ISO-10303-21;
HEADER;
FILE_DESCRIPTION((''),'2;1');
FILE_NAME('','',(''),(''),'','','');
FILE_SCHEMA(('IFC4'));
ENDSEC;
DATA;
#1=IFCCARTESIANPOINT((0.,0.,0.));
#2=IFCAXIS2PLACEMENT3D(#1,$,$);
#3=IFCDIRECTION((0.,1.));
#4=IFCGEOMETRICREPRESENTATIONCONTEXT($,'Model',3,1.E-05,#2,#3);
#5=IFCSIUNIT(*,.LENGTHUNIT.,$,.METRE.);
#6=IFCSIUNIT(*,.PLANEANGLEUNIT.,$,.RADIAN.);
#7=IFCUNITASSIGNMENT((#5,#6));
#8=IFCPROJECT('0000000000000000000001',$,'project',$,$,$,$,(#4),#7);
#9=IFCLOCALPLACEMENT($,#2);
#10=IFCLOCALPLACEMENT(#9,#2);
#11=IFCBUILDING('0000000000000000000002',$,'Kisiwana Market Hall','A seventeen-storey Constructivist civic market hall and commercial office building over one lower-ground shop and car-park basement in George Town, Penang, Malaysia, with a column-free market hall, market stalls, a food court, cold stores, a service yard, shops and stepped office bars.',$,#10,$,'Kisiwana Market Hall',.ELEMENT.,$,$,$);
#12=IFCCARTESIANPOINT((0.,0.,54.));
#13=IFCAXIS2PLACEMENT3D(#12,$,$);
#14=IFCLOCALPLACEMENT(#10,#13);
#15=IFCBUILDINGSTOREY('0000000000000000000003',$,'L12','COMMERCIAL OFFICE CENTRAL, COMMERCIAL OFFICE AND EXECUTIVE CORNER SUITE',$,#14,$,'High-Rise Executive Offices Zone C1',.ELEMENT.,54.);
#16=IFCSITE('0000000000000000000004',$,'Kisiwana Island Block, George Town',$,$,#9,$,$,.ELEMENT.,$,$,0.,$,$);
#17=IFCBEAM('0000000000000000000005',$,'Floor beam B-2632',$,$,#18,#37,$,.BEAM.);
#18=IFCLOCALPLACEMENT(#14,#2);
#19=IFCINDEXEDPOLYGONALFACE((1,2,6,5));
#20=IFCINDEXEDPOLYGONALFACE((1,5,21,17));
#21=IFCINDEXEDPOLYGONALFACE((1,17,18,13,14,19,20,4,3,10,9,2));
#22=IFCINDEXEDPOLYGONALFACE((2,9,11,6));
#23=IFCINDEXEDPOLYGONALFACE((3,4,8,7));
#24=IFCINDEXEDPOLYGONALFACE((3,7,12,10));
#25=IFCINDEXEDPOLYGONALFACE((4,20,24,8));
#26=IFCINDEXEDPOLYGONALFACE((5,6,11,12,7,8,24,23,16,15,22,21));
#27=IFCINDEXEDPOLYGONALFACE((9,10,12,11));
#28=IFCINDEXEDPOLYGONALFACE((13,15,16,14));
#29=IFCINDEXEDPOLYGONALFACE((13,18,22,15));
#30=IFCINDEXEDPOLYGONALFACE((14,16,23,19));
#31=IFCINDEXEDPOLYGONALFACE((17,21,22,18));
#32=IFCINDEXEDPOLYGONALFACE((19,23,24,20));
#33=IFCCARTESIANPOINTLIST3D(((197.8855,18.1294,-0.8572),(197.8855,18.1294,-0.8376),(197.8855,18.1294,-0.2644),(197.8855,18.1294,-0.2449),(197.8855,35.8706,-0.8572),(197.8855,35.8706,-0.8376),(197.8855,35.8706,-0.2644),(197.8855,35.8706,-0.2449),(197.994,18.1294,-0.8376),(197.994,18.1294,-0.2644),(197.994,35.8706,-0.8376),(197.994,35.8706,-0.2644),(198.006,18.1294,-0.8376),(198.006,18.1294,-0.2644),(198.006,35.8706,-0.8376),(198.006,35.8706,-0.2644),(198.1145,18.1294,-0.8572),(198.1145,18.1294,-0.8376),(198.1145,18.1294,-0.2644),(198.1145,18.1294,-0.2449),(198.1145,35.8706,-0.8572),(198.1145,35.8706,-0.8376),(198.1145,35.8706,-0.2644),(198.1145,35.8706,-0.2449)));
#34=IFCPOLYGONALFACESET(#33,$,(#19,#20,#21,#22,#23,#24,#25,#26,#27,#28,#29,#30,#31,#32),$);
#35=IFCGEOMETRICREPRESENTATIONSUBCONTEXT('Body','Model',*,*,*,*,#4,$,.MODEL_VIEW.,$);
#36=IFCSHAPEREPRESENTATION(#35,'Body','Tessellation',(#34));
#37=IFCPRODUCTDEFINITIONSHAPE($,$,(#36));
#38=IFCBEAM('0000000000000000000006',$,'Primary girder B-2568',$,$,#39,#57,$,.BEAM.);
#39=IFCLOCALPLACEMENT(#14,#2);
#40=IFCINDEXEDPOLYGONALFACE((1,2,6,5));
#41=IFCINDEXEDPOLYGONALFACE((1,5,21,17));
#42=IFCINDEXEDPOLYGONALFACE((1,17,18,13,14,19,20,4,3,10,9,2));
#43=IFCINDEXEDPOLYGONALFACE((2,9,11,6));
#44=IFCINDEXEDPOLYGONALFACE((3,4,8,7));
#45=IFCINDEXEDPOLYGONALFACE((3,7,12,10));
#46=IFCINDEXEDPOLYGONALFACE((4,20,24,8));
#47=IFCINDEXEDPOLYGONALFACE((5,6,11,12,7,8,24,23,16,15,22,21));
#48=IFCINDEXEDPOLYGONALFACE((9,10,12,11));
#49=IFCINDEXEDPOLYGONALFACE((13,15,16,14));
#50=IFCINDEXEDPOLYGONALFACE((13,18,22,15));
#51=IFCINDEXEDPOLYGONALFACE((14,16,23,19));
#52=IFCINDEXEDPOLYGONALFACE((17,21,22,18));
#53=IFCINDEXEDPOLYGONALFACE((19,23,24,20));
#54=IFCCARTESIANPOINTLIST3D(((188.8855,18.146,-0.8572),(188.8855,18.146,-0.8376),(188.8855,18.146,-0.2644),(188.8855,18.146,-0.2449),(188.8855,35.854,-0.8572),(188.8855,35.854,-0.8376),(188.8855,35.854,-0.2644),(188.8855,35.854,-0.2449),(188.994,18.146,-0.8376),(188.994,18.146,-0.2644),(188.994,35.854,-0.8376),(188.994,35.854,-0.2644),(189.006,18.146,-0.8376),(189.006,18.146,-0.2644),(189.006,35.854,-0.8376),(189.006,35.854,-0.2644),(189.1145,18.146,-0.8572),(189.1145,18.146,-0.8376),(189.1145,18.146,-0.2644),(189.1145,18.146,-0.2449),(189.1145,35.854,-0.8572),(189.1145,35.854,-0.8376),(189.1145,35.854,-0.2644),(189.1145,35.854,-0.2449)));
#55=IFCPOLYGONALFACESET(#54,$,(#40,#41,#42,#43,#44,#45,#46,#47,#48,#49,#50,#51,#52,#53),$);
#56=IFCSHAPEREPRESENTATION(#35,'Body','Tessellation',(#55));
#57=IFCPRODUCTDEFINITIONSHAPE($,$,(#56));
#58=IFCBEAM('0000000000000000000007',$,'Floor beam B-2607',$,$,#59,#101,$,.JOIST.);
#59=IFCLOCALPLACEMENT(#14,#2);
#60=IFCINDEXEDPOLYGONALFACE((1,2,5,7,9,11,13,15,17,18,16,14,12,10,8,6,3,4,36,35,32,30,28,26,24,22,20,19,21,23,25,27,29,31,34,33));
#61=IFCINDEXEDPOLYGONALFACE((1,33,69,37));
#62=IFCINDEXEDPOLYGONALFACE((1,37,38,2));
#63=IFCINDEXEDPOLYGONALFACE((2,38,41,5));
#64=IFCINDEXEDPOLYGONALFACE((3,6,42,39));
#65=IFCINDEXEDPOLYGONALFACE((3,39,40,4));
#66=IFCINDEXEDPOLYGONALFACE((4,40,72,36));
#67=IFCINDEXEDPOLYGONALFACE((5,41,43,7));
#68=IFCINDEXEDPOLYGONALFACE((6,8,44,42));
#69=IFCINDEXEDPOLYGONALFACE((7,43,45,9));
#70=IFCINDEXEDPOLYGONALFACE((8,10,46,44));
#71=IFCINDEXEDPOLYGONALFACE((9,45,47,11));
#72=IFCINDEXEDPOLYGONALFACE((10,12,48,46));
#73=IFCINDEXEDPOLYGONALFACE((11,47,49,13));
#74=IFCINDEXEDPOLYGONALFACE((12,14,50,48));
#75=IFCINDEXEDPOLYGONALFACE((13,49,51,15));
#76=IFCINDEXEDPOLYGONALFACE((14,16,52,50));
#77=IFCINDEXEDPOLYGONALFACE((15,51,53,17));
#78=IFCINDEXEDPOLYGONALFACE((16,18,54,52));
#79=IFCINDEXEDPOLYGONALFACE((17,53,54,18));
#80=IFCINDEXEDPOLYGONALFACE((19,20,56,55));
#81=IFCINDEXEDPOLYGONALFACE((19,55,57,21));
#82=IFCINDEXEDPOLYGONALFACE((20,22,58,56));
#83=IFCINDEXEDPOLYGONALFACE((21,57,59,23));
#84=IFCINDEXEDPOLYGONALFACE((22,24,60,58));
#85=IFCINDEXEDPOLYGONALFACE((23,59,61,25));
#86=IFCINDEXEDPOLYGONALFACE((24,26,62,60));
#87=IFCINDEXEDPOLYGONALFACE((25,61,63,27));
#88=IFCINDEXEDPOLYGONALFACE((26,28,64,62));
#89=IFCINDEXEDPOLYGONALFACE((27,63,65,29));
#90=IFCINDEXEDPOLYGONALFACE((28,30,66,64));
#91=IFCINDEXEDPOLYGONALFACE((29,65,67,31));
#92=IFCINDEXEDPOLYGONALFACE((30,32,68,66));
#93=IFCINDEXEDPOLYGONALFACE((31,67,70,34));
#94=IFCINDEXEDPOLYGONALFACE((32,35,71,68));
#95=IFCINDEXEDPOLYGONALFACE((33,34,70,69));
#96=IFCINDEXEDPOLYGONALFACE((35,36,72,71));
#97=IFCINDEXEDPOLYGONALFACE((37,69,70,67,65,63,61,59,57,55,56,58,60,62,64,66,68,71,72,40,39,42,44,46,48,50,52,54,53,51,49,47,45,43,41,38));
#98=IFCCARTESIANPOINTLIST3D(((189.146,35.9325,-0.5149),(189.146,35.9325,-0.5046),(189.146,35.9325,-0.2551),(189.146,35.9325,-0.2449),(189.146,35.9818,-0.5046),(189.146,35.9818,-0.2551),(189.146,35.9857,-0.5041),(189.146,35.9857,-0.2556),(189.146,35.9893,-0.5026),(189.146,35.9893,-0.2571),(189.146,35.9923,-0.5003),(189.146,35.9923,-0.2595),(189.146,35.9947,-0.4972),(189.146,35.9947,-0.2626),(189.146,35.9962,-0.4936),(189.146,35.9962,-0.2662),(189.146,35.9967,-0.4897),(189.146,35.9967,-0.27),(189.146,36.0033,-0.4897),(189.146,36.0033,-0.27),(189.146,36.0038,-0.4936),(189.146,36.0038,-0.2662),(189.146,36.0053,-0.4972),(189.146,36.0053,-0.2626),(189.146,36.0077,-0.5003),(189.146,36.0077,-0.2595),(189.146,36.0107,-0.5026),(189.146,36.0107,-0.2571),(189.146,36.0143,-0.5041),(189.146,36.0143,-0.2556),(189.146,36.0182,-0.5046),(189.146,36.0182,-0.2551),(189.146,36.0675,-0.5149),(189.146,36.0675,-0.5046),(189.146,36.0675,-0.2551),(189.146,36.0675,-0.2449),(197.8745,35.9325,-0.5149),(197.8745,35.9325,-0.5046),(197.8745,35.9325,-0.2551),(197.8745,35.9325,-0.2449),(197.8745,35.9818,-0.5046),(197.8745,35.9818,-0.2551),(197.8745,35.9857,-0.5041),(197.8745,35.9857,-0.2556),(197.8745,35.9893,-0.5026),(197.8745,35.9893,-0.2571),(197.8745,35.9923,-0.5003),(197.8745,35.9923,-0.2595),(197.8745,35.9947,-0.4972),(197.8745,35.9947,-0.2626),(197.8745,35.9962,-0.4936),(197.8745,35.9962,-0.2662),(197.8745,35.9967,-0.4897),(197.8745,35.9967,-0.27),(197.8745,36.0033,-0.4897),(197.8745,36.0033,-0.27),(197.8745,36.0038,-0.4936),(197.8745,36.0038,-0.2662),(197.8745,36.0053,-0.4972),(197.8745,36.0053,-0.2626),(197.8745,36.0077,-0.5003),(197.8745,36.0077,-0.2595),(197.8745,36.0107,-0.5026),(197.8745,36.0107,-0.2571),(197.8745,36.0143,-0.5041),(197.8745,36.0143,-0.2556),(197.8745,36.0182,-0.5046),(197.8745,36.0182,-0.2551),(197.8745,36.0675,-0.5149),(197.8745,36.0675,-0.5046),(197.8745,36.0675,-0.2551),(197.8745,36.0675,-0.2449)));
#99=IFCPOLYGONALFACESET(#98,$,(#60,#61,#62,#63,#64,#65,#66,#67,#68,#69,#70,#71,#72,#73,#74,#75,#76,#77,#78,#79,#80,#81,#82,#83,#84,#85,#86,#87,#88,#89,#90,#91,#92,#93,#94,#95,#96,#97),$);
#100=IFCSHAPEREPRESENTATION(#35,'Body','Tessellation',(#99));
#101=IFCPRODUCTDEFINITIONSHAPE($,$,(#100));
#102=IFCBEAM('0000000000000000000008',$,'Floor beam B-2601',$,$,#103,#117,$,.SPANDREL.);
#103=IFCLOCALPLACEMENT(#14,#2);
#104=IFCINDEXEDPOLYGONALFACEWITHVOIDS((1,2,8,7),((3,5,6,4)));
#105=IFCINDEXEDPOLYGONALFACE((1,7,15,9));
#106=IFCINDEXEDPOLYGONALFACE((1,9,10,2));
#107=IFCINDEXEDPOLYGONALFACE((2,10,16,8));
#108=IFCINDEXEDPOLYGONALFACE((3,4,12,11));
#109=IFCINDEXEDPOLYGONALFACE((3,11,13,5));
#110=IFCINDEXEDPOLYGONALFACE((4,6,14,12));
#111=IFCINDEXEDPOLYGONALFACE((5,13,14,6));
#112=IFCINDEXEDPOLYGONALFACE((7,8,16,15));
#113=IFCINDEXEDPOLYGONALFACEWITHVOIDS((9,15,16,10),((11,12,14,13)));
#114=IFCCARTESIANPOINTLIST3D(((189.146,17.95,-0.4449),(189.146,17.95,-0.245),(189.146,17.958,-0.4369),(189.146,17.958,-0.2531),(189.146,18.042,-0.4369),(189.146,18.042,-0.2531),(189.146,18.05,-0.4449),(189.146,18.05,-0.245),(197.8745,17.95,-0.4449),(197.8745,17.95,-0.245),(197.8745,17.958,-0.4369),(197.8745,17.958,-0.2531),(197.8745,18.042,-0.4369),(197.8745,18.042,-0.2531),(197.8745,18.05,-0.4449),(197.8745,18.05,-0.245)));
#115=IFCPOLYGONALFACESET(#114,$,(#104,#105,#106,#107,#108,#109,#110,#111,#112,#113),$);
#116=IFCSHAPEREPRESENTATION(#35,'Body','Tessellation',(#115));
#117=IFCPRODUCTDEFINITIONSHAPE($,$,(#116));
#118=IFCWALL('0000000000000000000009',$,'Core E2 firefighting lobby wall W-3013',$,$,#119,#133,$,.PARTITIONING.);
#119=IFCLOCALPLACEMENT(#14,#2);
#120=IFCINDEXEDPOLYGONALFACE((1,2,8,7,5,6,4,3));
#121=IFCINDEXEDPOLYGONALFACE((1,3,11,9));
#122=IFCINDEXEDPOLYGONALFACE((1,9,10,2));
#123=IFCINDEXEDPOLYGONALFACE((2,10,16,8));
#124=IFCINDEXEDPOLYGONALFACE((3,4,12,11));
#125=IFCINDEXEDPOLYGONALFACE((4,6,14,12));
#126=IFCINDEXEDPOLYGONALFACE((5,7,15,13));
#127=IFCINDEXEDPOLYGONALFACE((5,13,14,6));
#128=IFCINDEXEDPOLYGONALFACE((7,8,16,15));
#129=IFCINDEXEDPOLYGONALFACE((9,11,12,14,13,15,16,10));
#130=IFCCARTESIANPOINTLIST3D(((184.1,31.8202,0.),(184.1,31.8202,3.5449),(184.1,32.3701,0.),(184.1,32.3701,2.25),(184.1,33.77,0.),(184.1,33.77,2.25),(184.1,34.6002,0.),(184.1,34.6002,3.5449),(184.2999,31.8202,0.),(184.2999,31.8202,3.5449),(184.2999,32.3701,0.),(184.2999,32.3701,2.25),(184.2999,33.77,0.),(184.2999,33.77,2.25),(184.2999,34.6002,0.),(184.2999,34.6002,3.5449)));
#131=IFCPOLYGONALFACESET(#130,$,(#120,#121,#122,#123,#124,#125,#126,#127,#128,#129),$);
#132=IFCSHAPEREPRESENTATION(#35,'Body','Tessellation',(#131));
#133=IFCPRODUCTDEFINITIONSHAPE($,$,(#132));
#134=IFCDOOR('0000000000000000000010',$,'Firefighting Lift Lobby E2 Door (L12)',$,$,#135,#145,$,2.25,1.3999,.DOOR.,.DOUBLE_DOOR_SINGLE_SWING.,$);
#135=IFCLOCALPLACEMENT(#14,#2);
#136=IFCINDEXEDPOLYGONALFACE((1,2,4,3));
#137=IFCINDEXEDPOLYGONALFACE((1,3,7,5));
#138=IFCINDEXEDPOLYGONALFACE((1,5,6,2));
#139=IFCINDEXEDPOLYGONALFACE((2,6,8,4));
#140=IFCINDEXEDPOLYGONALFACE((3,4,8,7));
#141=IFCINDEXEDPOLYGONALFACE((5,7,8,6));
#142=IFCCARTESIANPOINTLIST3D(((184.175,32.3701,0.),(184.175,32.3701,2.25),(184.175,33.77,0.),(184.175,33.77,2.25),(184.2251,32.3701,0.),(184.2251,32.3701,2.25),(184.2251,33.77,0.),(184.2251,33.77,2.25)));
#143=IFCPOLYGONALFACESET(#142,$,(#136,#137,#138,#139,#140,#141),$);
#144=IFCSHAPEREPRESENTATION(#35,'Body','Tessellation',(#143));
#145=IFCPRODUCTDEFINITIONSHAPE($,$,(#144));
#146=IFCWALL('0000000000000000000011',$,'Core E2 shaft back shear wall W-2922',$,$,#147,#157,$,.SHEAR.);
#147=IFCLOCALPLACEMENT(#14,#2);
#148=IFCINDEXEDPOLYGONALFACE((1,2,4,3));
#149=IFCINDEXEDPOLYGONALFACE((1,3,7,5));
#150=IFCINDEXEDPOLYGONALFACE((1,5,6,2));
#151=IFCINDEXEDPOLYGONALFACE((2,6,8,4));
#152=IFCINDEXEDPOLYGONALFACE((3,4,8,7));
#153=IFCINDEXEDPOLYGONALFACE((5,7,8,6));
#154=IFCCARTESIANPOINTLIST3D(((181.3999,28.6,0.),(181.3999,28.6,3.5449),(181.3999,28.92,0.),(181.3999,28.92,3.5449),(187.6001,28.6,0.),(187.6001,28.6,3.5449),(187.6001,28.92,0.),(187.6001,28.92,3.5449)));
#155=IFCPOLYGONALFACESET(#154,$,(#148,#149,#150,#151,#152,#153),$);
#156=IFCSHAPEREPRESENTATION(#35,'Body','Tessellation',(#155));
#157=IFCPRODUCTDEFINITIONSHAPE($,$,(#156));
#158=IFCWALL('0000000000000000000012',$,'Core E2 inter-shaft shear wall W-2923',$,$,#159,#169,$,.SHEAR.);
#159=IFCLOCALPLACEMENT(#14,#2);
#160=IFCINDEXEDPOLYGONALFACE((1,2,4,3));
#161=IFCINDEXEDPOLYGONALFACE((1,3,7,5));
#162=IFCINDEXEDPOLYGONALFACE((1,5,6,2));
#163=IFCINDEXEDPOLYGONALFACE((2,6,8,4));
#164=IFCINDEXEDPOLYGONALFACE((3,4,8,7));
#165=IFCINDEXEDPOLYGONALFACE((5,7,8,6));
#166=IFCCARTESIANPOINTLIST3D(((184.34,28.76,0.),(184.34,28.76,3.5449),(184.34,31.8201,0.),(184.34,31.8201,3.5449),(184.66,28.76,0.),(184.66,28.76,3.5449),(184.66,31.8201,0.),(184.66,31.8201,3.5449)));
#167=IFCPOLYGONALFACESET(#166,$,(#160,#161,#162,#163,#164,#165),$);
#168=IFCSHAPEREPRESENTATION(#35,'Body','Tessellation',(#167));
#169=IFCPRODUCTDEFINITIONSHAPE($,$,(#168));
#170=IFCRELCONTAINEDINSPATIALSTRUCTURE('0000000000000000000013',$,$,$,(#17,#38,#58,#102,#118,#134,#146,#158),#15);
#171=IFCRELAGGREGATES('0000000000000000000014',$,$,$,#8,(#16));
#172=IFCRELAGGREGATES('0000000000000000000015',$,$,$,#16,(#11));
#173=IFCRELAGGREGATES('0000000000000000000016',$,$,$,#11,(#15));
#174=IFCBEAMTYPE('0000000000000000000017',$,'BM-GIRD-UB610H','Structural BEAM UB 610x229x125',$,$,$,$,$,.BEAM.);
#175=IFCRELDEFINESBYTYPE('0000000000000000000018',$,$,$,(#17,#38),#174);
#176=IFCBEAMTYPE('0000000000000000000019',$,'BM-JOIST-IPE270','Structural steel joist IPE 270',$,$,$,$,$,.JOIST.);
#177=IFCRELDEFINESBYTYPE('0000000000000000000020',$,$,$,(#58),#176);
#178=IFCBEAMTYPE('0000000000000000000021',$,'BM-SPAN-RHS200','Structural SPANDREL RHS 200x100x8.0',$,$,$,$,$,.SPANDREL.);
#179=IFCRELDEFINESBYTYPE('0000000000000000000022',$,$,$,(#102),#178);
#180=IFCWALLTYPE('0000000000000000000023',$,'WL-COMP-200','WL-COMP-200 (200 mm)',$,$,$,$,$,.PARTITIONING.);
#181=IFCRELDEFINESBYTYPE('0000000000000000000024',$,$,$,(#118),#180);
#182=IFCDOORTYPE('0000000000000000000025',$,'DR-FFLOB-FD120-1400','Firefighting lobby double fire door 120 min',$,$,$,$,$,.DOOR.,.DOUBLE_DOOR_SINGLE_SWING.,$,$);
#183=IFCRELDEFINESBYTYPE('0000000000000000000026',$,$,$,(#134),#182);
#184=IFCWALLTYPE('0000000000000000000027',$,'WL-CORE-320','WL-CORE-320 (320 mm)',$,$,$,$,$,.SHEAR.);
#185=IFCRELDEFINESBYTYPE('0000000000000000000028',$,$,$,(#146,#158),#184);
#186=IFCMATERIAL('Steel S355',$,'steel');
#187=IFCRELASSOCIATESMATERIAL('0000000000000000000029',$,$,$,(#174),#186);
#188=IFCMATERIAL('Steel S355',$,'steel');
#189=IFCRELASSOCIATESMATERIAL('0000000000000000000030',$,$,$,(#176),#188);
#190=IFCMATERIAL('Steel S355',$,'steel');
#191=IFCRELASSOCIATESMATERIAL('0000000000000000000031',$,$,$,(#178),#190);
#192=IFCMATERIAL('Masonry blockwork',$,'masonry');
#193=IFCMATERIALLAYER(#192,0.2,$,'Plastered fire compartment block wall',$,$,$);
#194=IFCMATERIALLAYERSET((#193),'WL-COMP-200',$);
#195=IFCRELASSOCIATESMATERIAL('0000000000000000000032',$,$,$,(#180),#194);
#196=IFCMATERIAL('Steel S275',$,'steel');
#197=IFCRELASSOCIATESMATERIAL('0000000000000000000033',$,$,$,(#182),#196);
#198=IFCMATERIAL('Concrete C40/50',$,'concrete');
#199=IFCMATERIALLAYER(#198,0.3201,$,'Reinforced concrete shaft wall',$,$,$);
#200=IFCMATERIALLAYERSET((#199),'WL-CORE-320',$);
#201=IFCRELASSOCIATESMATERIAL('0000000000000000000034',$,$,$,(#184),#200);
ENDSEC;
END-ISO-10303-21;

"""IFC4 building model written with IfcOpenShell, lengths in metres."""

from ifc_helpers import new_model, si_unit, direction, frame, frame_2d, origin, origin_2d, place, context, subcontext, project, spatial, rectangle, hollow_rectangle, i_section, extrude, material, layer, layer_set, material_profile, profile_set, type_object, element, fill, save


model = new_model("IFC4")

# Units and contexts
model_context = context("Model", 3, precision=1e-05, world=origin(), true_north=direction((0.0, 1.0)))
body_context = subcontext(model_context, "Body", "Model", "MODEL_VIEW")
ifc_project = project(units=[si_unit("LENGTHUNIT", "METRE"), si_unit("PLANEANGLEUNIT", "RADIAN")], contexts=[model_context])

# Site, building, storey
site_placement = place(None, origin())
site = spatial("IfcSite", under=ifc_project, at=site_placement, Name="Kisiwana Island Block, George Town", CompositionType="ELEMENT", RefElevation=0.0)
building_placement = place(site_placement, origin())
building = spatial("IfcBuilding", under=site, at=building_placement, Name="Kisiwana Market Hall", Description="A seventeen-storey Constructivist civic market hall and commercial office building over one lower-ground shop and car-park basement in George Town, Penang, Malaysia, with a column-free market hall, market stalls, a food court, cold stores, a service yard, shops and stepped office bars.", LongName="Kisiwana Market Hall", CompositionType="ELEMENT")
storey_placement = place(building_placement, frame((0.0, 0.0, 54.0)))
storey = spatial("IfcBuildingStorey", under=building, at=storey_placement, Name="L12", Description="COMMERCIAL OFFICE CENTRAL, COMMERCIAL OFFICE AND EXECUTIVE CORNER SUITE", LongName="High-Rise Executive Offices Zone C1", CompositionType="ELEMENT", Elevation=54.0)

# Beams
ifc_material_1 = material(Name="Steel S355", Category="steel")
ifc_material_profile_1 = material_profile(ifc_material_1, i_section(OverallWidth=0.229, OverallDepth=0.6123, WebThickness=0.012, FlangeThickness=0.0195, at=origin_2d()), Name="UB 610x229x125")
ifc_profile_set_1 = profile_set([ifc_material_profile_1], Name="Steel S355")
beam_type_1 = type_object("IfcBeamType", Name="BM-GIRD-UB610H", Description="Structural BEAM UB 610x229x125", PredefinedType="BEAM", material=ifc_profile_set_1)
beam_1_placement = place(storey_placement, frame((198.0, 18.1294, -0.551), z_axis=(0.0, 1.0, 0.0), x_axis=(-1.0, 0.0, 0.0)))
element("IfcBeam", 1, at=beam_1_placement, inside=storey, type_object=beam_type_1, Name="Floor beam B-2632", PredefinedType="BEAM", context=body_context, shape_type="SweptSolid", body=[
    extrude(i_section(OverallWidth=0.229, OverallDepth=0.6123, WebThickness=0.012, FlangeThickness=0.0195, at=origin_2d()), origin(), (0.0, 0.0, 1.0), 17.7412),
])
beam_2_placement = place(storey_placement, frame((189.0, 18.146, -0.551), z_axis=(0.0, 1.0, 0.0), x_axis=(-1.0, 0.0, 0.0)))
element("IfcBeam", 2, at=beam_2_placement, inside=storey, type_object=beam_type_1, Name="Primary girder B-2568", PredefinedType="BEAM", context=body_context, shape_type="SweptSolid", body=[
    extrude(i_section(OverallWidth=0.229, OverallDepth=0.6123, WebThickness=0.012, FlangeThickness=0.0195, at=origin_2d()), origin(), (0.0, 0.0, 1.0), 17.708),
])
ifc_material_2 = material(Name="Steel S355", Category="steel")
ifc_material_profile_2 = material_profile(ifc_material_2, i_section(OverallWidth=0.135, OverallDepth=0.27, WebThickness=0.0066, FlangeThickness=0.0103, FilletRadius=0.0149, at=origin_2d()), Name="IPE 270")
ifc_profile_set_2 = profile_set([ifc_material_profile_2], Name="Steel S355")
beam_type_2 = type_object("IfcBeamType", Name="BM-JOIST-IPE270", Description="Structural steel joist IPE 270", PredefinedType="JOIST", material=ifc_profile_set_2)
beam_3_placement = place(storey_placement, frame((189.146, 36.0, -0.3799), z_axis=(1.0, 0.0, 0.0), x_axis=(0.0, 1.0, 0.0)))
element("IfcBeam", 3, at=beam_3_placement, inside=storey, type_object=beam_type_2, Name="Floor beam B-2607", PredefinedType="JOIST", context=body_context, shape_type="SweptSolid", body=[
    extrude(i_section(OverallWidth=0.135, OverallDepth=0.27, WebThickness=0.0066, FlangeThickness=0.0103, FilletRadius=0.0149, at=origin_2d()), origin(), (0.0, 0.0, 1.0), 8.7285),
])
ifc_material_3 = material(Name="Steel S355", Category="steel")
ifc_material_profile_3 = material_profile(ifc_material_3, hollow_rectangle(XDim=0.1001, YDim=0.2, WallThickness=0.0081, at=origin_2d()), Name="RHS 200x100x8.0")
ifc_profile_set_3 = profile_set([ifc_material_profile_3], Name="Steel S355")
beam_type_3 = type_object("IfcBeamType", Name="BM-SPAN-RHS200", Description="Structural SPANDREL RHS 200x100x8.0", PredefinedType="SPANDREL", material=ifc_profile_set_3)
beam_4_placement = place(storey_placement, frame((189.146, 18.0, -0.345), z_axis=(1.0, 0.0, 0.0), x_axis=(0.0, 1.0, 0.0)))
element("IfcBeam", 4, at=beam_4_placement, inside=storey, type_object=beam_type_3, Name="Floor beam B-2601", PredefinedType="SPANDREL", context=body_context, shape_type="SweptSolid", body=[
    extrude(hollow_rectangle(XDim=0.1001, YDim=0.2, WallThickness=0.0081, at=origin_2d()), origin(), (0.0, 0.0, 1.0), 8.7285),
])

# Wall, opening, door
ifc_material_4 = material(Name="Masonry blockwork", Category="masonry")
ifc_layer_1 = layer(ifc_material_4, 0.2, Name="Plastered fire compartment block wall")
ifc_layer_set_1 = layer_set([ifc_layer_1], Name="WL-COMP-200")
wall_type_1 = type_object("IfcWallType", Name="WL-COMP-200", Description="WL-COMP-200 (200 mm)", PredefinedType="PARTITIONING", material=ifc_layer_set_1)
wall_1_placement = place(storey_placement, frame((184.2, 31.8201, 0.0), z_axis=(0.0, 0.0, 1.0), x_axis=(0.0, 1.0, 0.0)))
wall_1 = element("IfcWall", 5, at=wall_1_placement, inside=storey, type_object=wall_type_1, Name="Core E2 firefighting lobby wall W-3013", PredefinedType="PARTITIONING", context=body_context, shape_type="SweptSolid", body=[
    extrude(rectangle(XDim=2.78, YDim=0.2, at=frame_2d((1.3901, 0.0))), origin(), (0.0, 0.0, 1.0), 3.5449),
])
opening_1_placement = place(wall_1_placement, frame((0.55, 0.0, 0.0)))
opening_1 = element("IfcOpeningElement", 6, at=opening_1_placement, cuts=wall_1, PredefinedType="OPENING", context=body_context, shape_type="SweptSolid", body=[
    extrude(rectangle(XDim=1.3999, YDim=2.25, at=frame_2d((0.7, 1.125))), frame((0.0, 0.1118, 0.0), z_axis=(0.0, -1.0, 0.0), x_axis=(1.0, 0.0, 0.0)), (0.0, 0.0, 1.0), 0.2239),
])
ifc_material_5 = material(Name="Steel S275", Category="steel")
door_type_1 = type_object("IfcDoorType", Name="DR-FFLOB-FD120-1400", Description="Firefighting lobby double fire door 120 min", OperationType="DOUBLE_DOOR_SINGLE_SWING", PredefinedType="DOOR", material=ifc_material_5)
door_1_placement = place(opening_1_placement, origin())
door_1 = element("IfcDoor", 7, at=door_1_placement, inside=storey, type_object=door_type_1, Name="Firefighting Lift Lobby E2 Door (L12)", OperationType="DOUBLE_DOOR_SINGLE_SWING", OverallHeight=2.25, OverallWidth=1.3999, PredefinedType="DOOR", context=body_context, shape_type="SweptSolid", body=[
    extrude(rectangle(XDim=1.3999, YDim=2.25, at=frame_2d((0.7, 1.125))), frame((0.0, 0.0249, 0.0), z_axis=(0.0, -1.0, 0.0), x_axis=(1.0, 0.0, 0.0)), (0.0, 0.0, 1.0), 0.05),
])
fill(opening_1, door_1)

# Walls
ifc_material_6 = material(Name="Concrete C40/50", Category="concrete")
ifc_layer_2 = layer(ifc_material_6, 0.3201, Name="Reinforced concrete shaft wall")
ifc_layer_set_2 = layer_set([ifc_layer_2], Name="WL-CORE-320")
wall_type_2 = type_object("IfcWallType", Name="WL-CORE-320", Description="WL-CORE-320 (320 mm)", PredefinedType="SHEAR", material=ifc_layer_set_2)
wall_2_placement = place(storey_placement, frame((181.3999, 28.76, 0.0), z_axis=(0.0, 0.0, 1.0), x_axis=(1.0, 0.0, 0.0)))
element("IfcWall", 8, at=wall_2_placement, inside=storey, type_object=wall_type_2, Name="Core E2 shaft back shear wall W-2922", PredefinedType="SHEAR", context=body_context, shape_type="SweptSolid", body=[
    extrude(rectangle(XDim=6.2002, YDim=0.3201, at=frame_2d((3.1001, 0.0))), origin(), (0.0, 0.0, 1.0), 3.5449),
])
wall_3_placement = place(storey_placement, frame((184.5, 28.76, 0.0), z_axis=(0.0, 0.0, 1.0), x_axis=(0.0, 1.0, 0.0)))
element("IfcWall", 9, at=wall_3_placement, inside=storey, type_object=wall_type_2, Name="Core E2 inter-shaft shear wall W-2923", PredefinedType="SHEAR", context=body_context, shape_type="SweptSolid", body=[
    extrude(rectangle(XDim=3.0601, YDim=0.3201, at=frame_2d((1.53, 0.0))), origin(), (0.0, 0.0, 1.0), 3.5449),
])

save(model, "model.ifc")
